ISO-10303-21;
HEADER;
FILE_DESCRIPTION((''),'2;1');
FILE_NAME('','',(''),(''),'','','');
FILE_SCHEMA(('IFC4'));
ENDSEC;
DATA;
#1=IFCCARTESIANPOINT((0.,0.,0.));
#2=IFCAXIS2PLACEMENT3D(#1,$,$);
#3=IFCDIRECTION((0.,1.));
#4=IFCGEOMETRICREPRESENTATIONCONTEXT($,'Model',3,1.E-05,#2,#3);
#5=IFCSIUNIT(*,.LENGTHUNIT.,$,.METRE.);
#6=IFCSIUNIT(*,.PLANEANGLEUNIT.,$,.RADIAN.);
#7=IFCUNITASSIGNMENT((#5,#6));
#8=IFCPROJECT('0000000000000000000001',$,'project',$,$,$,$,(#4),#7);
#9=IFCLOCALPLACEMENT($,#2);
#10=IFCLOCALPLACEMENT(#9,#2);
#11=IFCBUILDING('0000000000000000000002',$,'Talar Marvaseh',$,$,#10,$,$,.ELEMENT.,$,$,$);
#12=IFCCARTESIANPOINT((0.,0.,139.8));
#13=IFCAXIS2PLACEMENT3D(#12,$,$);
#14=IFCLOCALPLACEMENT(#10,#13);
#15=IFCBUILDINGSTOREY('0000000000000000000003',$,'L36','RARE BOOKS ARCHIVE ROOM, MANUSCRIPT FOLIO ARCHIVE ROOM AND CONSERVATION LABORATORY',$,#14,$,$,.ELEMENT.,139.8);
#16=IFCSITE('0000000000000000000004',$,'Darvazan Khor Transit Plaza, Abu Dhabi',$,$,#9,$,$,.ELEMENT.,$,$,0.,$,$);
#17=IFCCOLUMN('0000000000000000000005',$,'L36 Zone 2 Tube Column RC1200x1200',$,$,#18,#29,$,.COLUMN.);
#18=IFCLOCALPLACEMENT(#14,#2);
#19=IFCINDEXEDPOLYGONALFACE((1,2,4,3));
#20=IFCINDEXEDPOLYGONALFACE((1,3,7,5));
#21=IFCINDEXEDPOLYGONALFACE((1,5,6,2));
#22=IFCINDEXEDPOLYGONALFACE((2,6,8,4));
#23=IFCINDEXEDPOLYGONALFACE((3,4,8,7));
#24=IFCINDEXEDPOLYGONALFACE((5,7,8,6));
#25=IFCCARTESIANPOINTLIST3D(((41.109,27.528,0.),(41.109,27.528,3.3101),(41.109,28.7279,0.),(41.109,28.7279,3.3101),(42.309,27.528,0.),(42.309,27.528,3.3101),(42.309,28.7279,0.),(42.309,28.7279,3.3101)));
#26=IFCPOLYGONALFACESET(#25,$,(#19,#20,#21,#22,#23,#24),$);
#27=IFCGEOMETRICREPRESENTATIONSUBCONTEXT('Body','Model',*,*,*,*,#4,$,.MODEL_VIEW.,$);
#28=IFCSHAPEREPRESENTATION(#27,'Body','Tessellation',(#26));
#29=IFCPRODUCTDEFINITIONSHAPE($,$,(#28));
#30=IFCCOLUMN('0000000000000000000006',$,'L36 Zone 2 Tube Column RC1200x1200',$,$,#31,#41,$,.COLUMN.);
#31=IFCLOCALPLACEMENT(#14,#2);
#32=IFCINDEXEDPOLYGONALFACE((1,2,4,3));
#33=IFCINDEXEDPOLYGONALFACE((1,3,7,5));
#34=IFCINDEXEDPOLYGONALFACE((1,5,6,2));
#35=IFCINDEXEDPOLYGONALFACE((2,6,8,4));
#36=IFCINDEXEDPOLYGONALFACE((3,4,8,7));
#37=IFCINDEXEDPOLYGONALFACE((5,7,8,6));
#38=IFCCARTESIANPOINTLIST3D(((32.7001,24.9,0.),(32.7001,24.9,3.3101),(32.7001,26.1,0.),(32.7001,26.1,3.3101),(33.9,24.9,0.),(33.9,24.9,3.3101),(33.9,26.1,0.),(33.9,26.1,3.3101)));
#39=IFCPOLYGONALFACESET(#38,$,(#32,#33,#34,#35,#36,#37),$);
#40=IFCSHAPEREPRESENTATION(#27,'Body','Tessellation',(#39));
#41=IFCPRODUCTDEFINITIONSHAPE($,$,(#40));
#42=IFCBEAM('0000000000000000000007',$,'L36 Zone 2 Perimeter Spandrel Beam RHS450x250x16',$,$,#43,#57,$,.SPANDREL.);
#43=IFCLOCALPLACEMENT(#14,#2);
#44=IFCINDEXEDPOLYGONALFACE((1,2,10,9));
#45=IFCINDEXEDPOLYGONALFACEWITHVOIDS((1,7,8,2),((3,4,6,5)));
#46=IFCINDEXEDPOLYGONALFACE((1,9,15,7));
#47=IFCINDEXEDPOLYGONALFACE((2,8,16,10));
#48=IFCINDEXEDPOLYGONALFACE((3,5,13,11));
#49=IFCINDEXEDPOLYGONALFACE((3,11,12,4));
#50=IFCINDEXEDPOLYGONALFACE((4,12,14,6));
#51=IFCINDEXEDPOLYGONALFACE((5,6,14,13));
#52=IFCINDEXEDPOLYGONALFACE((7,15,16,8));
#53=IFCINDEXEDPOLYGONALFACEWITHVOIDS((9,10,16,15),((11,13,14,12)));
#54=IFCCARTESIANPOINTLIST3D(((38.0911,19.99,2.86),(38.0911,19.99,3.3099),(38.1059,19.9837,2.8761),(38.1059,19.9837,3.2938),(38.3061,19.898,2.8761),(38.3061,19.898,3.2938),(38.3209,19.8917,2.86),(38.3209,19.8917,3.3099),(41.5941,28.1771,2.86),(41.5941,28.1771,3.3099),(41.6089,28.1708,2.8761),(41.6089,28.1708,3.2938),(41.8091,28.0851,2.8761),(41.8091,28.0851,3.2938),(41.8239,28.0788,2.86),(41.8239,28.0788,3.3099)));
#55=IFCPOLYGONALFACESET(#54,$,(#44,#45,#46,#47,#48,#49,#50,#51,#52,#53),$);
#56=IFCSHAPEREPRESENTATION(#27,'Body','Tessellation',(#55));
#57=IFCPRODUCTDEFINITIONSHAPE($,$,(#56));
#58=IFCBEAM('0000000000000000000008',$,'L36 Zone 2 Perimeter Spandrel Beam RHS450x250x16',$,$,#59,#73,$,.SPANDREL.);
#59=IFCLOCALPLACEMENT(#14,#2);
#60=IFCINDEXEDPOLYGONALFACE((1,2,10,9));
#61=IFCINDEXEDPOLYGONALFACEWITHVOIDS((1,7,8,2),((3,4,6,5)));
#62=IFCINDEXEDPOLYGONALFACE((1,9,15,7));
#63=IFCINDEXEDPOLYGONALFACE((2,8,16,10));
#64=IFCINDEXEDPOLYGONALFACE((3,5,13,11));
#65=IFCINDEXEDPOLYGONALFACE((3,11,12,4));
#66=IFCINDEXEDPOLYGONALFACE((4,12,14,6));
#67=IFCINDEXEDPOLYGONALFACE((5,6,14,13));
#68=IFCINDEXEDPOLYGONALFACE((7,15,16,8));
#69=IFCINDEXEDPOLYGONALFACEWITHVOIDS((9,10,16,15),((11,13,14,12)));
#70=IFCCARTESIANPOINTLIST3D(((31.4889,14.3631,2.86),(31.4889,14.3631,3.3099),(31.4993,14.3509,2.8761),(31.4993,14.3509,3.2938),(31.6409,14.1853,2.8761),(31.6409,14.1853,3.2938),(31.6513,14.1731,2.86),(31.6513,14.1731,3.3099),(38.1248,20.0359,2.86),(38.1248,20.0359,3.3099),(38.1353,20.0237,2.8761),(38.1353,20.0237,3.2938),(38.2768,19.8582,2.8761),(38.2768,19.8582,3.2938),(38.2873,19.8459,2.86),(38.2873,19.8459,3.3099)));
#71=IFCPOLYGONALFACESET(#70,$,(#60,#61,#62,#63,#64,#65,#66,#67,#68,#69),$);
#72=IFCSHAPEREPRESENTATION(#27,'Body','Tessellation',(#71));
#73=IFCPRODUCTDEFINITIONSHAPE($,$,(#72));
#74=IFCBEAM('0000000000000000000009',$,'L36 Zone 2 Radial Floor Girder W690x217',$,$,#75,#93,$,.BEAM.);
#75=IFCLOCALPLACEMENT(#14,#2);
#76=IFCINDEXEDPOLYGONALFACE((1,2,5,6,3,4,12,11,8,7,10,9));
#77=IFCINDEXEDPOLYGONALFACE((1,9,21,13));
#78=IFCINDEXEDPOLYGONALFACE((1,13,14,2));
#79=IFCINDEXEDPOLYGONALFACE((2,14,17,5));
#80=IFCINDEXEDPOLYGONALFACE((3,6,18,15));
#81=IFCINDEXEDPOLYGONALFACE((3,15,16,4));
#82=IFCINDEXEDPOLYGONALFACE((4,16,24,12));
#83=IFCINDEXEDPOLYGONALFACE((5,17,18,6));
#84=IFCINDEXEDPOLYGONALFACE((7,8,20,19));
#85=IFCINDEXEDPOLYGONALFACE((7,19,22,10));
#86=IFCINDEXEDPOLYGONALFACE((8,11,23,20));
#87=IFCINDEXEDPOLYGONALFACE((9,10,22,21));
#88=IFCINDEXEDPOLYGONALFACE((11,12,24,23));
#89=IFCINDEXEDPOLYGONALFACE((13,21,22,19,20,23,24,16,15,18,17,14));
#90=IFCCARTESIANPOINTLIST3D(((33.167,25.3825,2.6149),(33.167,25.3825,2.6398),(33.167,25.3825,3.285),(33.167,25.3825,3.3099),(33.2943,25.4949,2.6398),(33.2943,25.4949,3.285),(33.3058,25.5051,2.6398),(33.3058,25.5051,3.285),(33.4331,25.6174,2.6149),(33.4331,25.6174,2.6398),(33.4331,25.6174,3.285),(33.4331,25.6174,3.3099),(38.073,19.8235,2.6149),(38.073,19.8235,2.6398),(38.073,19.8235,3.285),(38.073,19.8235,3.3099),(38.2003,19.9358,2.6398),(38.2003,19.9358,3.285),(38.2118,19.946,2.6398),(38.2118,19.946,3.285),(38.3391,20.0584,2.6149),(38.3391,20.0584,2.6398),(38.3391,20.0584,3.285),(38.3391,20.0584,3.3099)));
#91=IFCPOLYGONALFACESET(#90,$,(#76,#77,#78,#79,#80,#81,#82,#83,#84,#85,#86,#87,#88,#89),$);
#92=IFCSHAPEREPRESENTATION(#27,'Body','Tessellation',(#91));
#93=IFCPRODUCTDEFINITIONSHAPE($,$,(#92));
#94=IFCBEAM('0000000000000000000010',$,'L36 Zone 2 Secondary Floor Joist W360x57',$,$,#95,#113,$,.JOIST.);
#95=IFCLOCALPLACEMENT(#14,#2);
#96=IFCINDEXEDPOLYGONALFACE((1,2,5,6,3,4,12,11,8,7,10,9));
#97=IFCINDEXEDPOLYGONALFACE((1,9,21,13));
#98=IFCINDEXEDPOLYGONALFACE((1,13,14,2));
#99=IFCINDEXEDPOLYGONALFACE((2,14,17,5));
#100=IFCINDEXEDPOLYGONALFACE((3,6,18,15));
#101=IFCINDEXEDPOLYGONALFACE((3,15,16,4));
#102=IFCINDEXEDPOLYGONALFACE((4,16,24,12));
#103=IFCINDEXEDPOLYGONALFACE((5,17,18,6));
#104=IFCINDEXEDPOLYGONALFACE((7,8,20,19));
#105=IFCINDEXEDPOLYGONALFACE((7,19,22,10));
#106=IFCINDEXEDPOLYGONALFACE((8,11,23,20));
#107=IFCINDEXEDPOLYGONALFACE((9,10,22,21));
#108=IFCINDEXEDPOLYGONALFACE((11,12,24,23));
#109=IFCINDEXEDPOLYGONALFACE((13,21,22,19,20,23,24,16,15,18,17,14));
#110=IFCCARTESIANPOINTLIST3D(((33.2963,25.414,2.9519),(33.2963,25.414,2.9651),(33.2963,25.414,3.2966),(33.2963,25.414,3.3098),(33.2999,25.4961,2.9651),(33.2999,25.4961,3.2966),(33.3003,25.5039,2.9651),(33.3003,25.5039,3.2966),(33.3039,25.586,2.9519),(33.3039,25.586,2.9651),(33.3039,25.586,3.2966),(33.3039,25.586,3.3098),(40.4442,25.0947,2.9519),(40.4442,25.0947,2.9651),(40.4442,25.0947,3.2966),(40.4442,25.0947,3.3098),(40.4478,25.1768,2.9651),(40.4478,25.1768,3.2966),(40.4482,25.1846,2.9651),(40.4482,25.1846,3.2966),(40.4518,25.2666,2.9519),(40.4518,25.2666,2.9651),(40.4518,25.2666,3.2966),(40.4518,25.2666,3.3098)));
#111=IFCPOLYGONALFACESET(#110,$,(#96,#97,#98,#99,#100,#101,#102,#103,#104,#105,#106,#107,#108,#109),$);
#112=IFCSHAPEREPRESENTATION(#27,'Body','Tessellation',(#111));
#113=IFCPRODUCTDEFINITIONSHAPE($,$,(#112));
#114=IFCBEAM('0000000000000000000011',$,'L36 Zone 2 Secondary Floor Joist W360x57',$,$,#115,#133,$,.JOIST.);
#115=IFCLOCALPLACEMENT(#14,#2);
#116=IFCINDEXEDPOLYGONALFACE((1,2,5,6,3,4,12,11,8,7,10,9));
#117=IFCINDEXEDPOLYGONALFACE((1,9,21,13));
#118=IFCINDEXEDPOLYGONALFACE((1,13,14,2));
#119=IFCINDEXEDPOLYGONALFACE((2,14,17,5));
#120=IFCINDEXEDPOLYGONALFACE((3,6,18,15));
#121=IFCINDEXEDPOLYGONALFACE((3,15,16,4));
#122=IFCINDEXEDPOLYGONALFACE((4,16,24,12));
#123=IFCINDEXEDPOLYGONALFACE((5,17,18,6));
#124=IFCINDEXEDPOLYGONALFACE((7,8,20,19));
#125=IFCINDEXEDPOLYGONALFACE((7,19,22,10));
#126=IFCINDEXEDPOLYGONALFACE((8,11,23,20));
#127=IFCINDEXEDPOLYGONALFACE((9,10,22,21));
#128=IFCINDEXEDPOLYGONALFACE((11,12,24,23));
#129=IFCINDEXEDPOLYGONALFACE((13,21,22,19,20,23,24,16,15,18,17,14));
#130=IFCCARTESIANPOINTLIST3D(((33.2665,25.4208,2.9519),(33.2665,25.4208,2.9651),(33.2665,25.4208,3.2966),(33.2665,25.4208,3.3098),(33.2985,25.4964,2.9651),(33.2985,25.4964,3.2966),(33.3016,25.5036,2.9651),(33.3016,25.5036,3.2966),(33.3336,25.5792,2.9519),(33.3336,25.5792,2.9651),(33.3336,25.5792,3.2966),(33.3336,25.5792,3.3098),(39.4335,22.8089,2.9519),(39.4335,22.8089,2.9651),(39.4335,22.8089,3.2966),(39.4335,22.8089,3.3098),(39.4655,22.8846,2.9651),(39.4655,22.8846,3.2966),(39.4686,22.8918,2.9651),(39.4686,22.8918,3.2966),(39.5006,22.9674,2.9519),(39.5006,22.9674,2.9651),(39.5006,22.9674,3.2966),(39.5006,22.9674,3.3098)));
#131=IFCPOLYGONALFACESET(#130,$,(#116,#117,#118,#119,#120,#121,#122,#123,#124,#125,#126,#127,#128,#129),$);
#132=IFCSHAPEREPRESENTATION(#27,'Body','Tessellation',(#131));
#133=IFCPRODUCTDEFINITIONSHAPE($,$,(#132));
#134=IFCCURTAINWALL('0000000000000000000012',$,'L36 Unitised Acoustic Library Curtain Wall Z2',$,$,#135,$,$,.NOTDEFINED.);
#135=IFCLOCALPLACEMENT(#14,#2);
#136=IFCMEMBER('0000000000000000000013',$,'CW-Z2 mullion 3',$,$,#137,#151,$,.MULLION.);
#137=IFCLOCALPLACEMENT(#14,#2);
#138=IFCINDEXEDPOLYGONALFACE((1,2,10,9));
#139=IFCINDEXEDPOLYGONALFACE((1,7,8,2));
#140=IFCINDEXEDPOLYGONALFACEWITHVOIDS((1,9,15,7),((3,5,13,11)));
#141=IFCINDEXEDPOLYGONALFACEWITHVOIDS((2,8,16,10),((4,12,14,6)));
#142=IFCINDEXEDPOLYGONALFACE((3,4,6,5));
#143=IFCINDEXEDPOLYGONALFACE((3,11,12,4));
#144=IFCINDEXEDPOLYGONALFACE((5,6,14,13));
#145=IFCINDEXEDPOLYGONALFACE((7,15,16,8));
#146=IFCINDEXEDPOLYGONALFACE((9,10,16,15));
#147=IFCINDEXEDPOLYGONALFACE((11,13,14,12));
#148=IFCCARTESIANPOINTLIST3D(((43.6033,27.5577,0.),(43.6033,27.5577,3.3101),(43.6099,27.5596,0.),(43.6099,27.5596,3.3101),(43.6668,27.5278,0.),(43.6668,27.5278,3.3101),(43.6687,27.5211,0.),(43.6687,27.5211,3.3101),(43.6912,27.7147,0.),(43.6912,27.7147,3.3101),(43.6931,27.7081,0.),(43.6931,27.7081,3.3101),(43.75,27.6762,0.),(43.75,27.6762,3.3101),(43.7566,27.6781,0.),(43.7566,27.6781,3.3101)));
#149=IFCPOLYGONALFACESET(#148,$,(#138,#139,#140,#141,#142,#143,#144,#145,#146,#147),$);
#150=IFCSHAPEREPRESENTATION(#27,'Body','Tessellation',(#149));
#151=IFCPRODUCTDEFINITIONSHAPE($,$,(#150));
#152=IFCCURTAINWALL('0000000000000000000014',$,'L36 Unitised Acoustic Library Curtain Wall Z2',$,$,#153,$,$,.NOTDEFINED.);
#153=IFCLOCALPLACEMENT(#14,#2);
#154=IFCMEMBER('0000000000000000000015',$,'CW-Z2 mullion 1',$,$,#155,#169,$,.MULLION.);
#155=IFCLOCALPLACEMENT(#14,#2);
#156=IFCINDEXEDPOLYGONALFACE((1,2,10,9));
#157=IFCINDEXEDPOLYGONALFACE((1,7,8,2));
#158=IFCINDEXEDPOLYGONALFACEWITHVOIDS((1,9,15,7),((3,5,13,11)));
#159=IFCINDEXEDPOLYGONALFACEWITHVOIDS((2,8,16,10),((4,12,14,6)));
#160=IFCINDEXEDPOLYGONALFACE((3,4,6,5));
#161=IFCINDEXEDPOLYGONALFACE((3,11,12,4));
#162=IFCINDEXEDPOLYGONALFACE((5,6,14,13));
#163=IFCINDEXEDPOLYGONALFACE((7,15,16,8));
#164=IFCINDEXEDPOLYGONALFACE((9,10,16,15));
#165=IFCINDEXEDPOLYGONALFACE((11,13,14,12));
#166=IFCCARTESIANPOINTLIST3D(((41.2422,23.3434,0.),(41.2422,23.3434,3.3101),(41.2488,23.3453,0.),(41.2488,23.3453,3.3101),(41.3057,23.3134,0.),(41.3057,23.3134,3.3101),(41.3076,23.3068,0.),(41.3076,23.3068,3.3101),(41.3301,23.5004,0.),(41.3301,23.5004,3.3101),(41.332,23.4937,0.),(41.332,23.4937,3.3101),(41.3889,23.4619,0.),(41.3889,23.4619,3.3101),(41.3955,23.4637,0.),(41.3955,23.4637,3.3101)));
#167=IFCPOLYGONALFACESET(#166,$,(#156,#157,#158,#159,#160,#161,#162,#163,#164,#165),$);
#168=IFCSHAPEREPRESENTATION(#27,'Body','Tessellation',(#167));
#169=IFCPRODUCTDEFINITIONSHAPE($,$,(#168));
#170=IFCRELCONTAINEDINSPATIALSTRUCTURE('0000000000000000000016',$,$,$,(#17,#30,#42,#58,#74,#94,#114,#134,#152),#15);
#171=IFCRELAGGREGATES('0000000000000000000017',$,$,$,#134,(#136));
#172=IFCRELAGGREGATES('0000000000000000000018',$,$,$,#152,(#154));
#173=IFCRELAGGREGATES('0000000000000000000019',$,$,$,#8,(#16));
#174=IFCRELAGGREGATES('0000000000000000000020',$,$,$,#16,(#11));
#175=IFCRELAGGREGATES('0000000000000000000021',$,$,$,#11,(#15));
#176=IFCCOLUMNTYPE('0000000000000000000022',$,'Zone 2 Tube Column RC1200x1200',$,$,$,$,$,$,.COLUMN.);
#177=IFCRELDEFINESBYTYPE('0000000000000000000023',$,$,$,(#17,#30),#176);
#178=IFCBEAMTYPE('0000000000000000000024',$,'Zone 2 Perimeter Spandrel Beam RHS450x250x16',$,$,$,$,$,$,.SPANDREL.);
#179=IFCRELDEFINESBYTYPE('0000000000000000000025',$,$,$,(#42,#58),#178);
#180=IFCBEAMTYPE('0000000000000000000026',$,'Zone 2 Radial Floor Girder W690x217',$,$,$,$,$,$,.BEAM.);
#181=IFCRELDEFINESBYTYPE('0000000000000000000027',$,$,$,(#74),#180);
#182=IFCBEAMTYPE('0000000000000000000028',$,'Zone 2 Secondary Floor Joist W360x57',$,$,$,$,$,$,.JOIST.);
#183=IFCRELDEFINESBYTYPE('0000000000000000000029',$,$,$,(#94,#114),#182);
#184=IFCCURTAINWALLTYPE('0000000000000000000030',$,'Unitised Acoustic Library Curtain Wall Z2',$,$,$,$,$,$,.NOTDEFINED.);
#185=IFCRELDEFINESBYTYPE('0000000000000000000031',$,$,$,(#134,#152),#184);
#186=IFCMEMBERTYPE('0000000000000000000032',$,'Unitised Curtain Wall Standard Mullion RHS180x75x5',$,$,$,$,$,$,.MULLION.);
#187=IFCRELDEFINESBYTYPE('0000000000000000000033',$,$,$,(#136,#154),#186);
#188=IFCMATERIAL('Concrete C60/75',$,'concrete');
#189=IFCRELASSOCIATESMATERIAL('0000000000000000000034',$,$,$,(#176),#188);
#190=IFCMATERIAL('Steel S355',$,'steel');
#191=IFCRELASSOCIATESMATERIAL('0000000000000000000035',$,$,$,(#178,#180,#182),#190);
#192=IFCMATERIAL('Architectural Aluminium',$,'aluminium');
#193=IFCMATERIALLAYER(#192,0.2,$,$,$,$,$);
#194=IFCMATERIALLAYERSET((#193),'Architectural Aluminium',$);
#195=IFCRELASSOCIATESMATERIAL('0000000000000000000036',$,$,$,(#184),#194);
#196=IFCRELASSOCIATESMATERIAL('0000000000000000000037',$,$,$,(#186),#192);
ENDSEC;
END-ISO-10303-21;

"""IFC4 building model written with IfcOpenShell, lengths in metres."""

from ifc_helpers import new_model, si_unit, direction, frame, origin, origin_2d, place, context, subcontext, project, spatial, rectangle, hollow_rectangle, i_section, extrude, source, transform, mapped, material, layer, layer_set, material_profile, profile_set, type_object, type_shapes, element, aggregate, save


model = new_model("IFC4")

# Units and contexts
model_context = context("Model", 3, precision=1e-05, world=origin(), true_north=direction((0.0, 1.0)))
body_context = subcontext(model_context, "Body", "Model", "MODEL_VIEW")
ifc_project = project(units=[si_unit("LENGTHUNIT", "METRE"), si_unit("PLANEANGLEUNIT", "RADIAN")], contexts=[model_context])

# Site, building, storey
site_placement = place(None, origin())
site = spatial("IfcSite", under=ifc_project, at=site_placement, Name="Darvazan Khor Transit Plaza, Abu Dhabi", CompositionType="ELEMENT", RefElevation=0.0)
building_placement = place(site_placement, origin())
building = spatial("IfcBuilding", under=site, at=building_placement, Name="Talar Marvaseh", CompositionType="ELEMENT")
storey_placement = place(building_placement, frame((0.0, 0.0, 139.8)))
storey = spatial("IfcBuildingStorey", under=building, at=storey_placement, Name="L36", Description="RARE BOOKS ARCHIVE ROOM, MANUSCRIPT FOLIO ARCHIVE ROOM AND CONSERVATION LABORATORY", CompositionType="ELEMENT", Elevation=139.8)

# Columns
ifc_material_1 = material(Name="Concrete C60/75", Category="concrete")
ifc_material_profile_1 = material_profile(ifc_material_1, rectangle(XDim=1.2, YDim=1.2, at=origin_2d()), Name="RC1200x1200")
ifc_profile_set_1 = profile_set([ifc_material_profile_1], Name="Concrete C60/75")
column_type = type_object("IfcColumnType", Name="Zone 2 Tube Column RC1200x1200", PredefinedType="COLUMN", material=ifc_profile_set_1)
for number, where, z_axis, x_axis, name in (
    (1, (41.709, 28.1279, 0.0), (0.0, 0.0, 1.0), (1.0, 0.0, 0.0), "L36 Zone 2 Tube Column RC1200x1200"),
    (2, (33.3, 25.5, 0.0), (0.0, 0.0, 1.0), (1.0, 0.0, 0.0), "L36 Zone 2 Tube Column RC1200x1200"),
):
    element("IfcColumn", number, at=place(storey_placement, frame(where, z_axis=z_axis, x_axis=x_axis)), inside=storey, type_object=column_type, Name=name, PredefinedType="COLUMN", context=body_context, shape_type="SweptSolid", body=[
        extrude(rectangle(XDim=1.2, YDim=1.2, at=origin_2d()), origin(), (0.0, 0.0, 1.0), 3.3101),
    ])

# Beams
ifc_material_2 = material(Name="Steel S355", Category="steel")
ifc_material_profile_2 = material_profile(ifc_material_2, hollow_rectangle(XDim=0.25, YDim=0.45, WallThickness=0.0161, at=origin_2d()), Name="RHS450x250x16")
ifc_profile_set_2 = profile_set([ifc_material_profile_2], Name="Steel S355")
beam_type_1 = type_object("IfcBeamType", Name="Zone 2 Perimeter Spandrel Beam RHS450x250x16", PredefinedType="SPANDREL", material=ifc_profile_set_2)
beam_1_placement = place(storey_placement, frame((41.709, 28.1279, 3.085), z_axis=(-0.39337, -0.91938, 0.0), x_axis=(0.91938, -0.39337, 0.0)))
element("IfcBeam", 3, at=beam_1_placement, inside=storey, type_object=beam_type_1, Name="L36 Zone 2 Perimeter Spandrel Beam RHS450x250x16", PredefinedType="SPANDREL", context=body_context, shape_type="SweptSolid", body=[
    extrude(hollow_rectangle(XDim=0.25, YDim=0.45, WallThickness=0.0161, at=origin_2d()), origin(), (0.0, 0.0, 1.0), 8.905),
])
beam_2_placement = place(storey_placement, frame((38.2061, 19.9409, 3.085), z_axis=(-0.760113, -0.649791, 0.0), x_axis=(0.649791, -0.760113, 0.0)))
element("IfcBeam", 4, at=beam_2_placement, inside=storey, type_object=beam_type_1, Name="L36 Zone 2 Perimeter Spandrel Beam RHS450x250x16", PredefinedType="SPANDREL", context=body_context, shape_type="SweptSolid", body=[
    extrude(hollow_rectangle(XDim=0.25, YDim=0.45, WallThickness=0.0161, at=origin_2d()), origin(), (0.0, 0.0, 1.0), 8.7302),
])
ifc_material_profile_3 = material_profile(ifc_material_2, i_section(OverallWidth=0.355, OverallDepth=0.6951, WebThickness=0.0154, FlangeThickness=0.0249, at=origin_2d()), Name="W690x217")
ifc_profile_set_3 = profile_set([ifc_material_profile_3], Name="Steel S355")
beam_type_2 = type_object("IfcBeamType", Name="Zone 2 Radial Floor Girder W690x217", PredefinedType="BEAM", material=ifc_profile_set_3)
beam_3_placement = place(storey_placement, frame((38.2061, 19.9409, 2.9624), z_axis=(-0.661692, 0.749775, 0.0), x_axis=(-0.749775, -0.661692, 0.0)))
element("IfcBeam", 5, at=beam_3_placement, inside=storey, type_object=beam_type_2, Name="L36 Zone 2 Radial Floor Girder W690x217", PredefinedType="BEAM", context=body_context, shape_type="SweptSolid", body=[
    extrude(i_section(OverallWidth=0.355, OverallDepth=0.6951, WebThickness=0.0154, FlangeThickness=0.0249, at=origin_2d()), origin(), (0.0, 0.0, 1.0), 7.4143),
])
ifc_material_profile_4 = material_profile(ifc_material_2, i_section(OverallWidth=0.1721, OverallDepth=0.3579, WebThickness=0.0078, FlangeThickness=0.0132, at=origin_2d()), Name="W360x57")
ifc_profile_set_4 = profile_set([ifc_material_profile_4], Name="Steel S355")
beam_type_3 = type_object("IfcBeamType", Name="Zone 2 Secondary Floor Joist W360x57", PredefinedType="JOIST", material=ifc_profile_set_4)
beam_4_placement = place(storey_placement, frame((40.448, 25.1807, 3.1309), z_axis=(-0.999004, 0.044631, 0.0), x_axis=(-0.044631, -0.999004, 0.0)))
element("IfcBeam", 6, at=beam_4_placement, inside=storey, type_object=beam_type_3, Name="L36 Zone 2 Secondary Floor Joist W360x57", PredefinedType="JOIST", context=body_context, shape_type="SweptSolid", body=[
    extrude(i_section(OverallWidth=0.1721, OverallDepth=0.3579, WebThickness=0.0078, FlangeThickness=0.0132, at=origin_2d()), origin(), (0.0, 0.0, 1.0), 7.155),
])
beam_5_placement = place(storey_placement, frame((39.467, 22.8882, 3.1309), z_axis=(-0.920822, 0.389982, 0.0), x_axis=(-0.389982, -0.920822, 0.0)))
element("IfcBeam", 7, at=beam_5_placement, inside=storey, type_object=beam_type_3, Name="L36 Zone 2 Secondary Floor Joist W360x57", PredefinedType="JOIST", context=body_context, shape_type="SweptSolid", body=[
    extrude(i_section(OverallWidth=0.1721, OverallDepth=0.3579, WebThickness=0.0078, FlangeThickness=0.0132, at=origin_2d()), origin(), (0.0, 0.0, 1.0), 6.6973),
])

# Curtain wall, member
ifc_material_3 = material(Name="Architectural Aluminium", Category="aluminium")
ifc_layer_1 = layer(ifc_material_3, 0.2)
ifc_layer_set_1 = layer_set([ifc_layer_1], Name="Architectural Aluminium")
curtain_wall_type = type_object("IfcCurtainWallType", Name="Unitised Acoustic Library Curtain Wall Z2", PredefinedType="NOTDEFINED", material=ifc_layer_set_1)
curtain_wall_1_placement = place(storey_placement, origin())
curtain_wall_1 = element("IfcCurtainWall", 8, at=curtain_wall_1_placement, inside=storey, type_object=curtain_wall_type, Name="L36 Unitised Acoustic Library Curtain Wall Z2", PredefinedType="NOTDEFINED")
ifc_material_profile_5 = material_profile(ifc_material_3, hollow_rectangle(XDim=0.075, YDim=0.1799, WallThickness=0.0049, at=origin_2d()), Name="RHS180x75x5")
ifc_profile_set_5 = profile_set([ifc_material_profile_5], Name="Architectural Aluminium")
member_type_1 = type_object("IfcMemberType", Name="Unitised Curtain Wall Standard Mullion RHS180x75x5", PredefinedType="MULLION", material=ifc_profile_set_5)
shared_shape_1 = source(origin(), body_context, "Body", "SweptSolid", [
    extrude(hollow_rectangle(XDim=0.075, YDim=0.1799, WallThickness=0.0049, at=origin_2d()), origin(), (0.0, 0.0, 1.0), 3.3101),
])
type_shapes(member_type_1, [shared_shape_1])
member_1_placement = place(storey_placement, frame((43.6799, 27.6179, 0.0), z_axis=(0.0, 0.0, 1.0), x_axis=(0.872418, -0.48876, 0.0)))
member_1 = element("IfcMember", 9, at=member_1_placement, type_object=member_type_1, Name="CW-Z2 mullion 3", PredefinedType="MULLION", context=body_context, shape_type="MappedRepresentation", body=[
    mapped(shared_shape_1, transform((0.0, 0.0, 0.0), x_axis=(1.0, 0.0, 0.0), y_axis=(0.0, 1.0, 0.0), z_axis=(0.0, 0.0, 1.0), scale=1.0)),
])
aggregate(curtain_wall_1, [member_1])

# Curtain wall, member
curtain_wall_2_placement = place(storey_placement, origin())
curtain_wall_2 = element("IfcCurtainWall", 10, at=curtain_wall_2_placement, inside=storey, type_object=curtain_wall_type, Name="L36 Unitised Acoustic Library Curtain Wall Z2", PredefinedType="NOTDEFINED")
member_2_placement = place(storey_placement, frame((41.3188, 23.4036, 0.0), z_axis=(0.0, 0.0, 1.0), x_axis=(0.872418, -0.48876, 0.0)))
member_2 = element("IfcMember", 11, at=member_2_placement, type_object=member_type_1, Name="CW-Z2 mullion 1", PredefinedType="MULLION", context=body_context, shape_type="MappedRepresentation", body=[
    mapped(shared_shape_1, transform((0.0, 0.0, 0.0), x_axis=(1.0, 0.0, 0.0), y_axis=(0.0, 1.0, 0.0), z_axis=(0.0, 0.0, 1.0), scale=1.0)),
])
aggregate(curtain_wall_2, [member_2])

save(model, "model.ifc")
